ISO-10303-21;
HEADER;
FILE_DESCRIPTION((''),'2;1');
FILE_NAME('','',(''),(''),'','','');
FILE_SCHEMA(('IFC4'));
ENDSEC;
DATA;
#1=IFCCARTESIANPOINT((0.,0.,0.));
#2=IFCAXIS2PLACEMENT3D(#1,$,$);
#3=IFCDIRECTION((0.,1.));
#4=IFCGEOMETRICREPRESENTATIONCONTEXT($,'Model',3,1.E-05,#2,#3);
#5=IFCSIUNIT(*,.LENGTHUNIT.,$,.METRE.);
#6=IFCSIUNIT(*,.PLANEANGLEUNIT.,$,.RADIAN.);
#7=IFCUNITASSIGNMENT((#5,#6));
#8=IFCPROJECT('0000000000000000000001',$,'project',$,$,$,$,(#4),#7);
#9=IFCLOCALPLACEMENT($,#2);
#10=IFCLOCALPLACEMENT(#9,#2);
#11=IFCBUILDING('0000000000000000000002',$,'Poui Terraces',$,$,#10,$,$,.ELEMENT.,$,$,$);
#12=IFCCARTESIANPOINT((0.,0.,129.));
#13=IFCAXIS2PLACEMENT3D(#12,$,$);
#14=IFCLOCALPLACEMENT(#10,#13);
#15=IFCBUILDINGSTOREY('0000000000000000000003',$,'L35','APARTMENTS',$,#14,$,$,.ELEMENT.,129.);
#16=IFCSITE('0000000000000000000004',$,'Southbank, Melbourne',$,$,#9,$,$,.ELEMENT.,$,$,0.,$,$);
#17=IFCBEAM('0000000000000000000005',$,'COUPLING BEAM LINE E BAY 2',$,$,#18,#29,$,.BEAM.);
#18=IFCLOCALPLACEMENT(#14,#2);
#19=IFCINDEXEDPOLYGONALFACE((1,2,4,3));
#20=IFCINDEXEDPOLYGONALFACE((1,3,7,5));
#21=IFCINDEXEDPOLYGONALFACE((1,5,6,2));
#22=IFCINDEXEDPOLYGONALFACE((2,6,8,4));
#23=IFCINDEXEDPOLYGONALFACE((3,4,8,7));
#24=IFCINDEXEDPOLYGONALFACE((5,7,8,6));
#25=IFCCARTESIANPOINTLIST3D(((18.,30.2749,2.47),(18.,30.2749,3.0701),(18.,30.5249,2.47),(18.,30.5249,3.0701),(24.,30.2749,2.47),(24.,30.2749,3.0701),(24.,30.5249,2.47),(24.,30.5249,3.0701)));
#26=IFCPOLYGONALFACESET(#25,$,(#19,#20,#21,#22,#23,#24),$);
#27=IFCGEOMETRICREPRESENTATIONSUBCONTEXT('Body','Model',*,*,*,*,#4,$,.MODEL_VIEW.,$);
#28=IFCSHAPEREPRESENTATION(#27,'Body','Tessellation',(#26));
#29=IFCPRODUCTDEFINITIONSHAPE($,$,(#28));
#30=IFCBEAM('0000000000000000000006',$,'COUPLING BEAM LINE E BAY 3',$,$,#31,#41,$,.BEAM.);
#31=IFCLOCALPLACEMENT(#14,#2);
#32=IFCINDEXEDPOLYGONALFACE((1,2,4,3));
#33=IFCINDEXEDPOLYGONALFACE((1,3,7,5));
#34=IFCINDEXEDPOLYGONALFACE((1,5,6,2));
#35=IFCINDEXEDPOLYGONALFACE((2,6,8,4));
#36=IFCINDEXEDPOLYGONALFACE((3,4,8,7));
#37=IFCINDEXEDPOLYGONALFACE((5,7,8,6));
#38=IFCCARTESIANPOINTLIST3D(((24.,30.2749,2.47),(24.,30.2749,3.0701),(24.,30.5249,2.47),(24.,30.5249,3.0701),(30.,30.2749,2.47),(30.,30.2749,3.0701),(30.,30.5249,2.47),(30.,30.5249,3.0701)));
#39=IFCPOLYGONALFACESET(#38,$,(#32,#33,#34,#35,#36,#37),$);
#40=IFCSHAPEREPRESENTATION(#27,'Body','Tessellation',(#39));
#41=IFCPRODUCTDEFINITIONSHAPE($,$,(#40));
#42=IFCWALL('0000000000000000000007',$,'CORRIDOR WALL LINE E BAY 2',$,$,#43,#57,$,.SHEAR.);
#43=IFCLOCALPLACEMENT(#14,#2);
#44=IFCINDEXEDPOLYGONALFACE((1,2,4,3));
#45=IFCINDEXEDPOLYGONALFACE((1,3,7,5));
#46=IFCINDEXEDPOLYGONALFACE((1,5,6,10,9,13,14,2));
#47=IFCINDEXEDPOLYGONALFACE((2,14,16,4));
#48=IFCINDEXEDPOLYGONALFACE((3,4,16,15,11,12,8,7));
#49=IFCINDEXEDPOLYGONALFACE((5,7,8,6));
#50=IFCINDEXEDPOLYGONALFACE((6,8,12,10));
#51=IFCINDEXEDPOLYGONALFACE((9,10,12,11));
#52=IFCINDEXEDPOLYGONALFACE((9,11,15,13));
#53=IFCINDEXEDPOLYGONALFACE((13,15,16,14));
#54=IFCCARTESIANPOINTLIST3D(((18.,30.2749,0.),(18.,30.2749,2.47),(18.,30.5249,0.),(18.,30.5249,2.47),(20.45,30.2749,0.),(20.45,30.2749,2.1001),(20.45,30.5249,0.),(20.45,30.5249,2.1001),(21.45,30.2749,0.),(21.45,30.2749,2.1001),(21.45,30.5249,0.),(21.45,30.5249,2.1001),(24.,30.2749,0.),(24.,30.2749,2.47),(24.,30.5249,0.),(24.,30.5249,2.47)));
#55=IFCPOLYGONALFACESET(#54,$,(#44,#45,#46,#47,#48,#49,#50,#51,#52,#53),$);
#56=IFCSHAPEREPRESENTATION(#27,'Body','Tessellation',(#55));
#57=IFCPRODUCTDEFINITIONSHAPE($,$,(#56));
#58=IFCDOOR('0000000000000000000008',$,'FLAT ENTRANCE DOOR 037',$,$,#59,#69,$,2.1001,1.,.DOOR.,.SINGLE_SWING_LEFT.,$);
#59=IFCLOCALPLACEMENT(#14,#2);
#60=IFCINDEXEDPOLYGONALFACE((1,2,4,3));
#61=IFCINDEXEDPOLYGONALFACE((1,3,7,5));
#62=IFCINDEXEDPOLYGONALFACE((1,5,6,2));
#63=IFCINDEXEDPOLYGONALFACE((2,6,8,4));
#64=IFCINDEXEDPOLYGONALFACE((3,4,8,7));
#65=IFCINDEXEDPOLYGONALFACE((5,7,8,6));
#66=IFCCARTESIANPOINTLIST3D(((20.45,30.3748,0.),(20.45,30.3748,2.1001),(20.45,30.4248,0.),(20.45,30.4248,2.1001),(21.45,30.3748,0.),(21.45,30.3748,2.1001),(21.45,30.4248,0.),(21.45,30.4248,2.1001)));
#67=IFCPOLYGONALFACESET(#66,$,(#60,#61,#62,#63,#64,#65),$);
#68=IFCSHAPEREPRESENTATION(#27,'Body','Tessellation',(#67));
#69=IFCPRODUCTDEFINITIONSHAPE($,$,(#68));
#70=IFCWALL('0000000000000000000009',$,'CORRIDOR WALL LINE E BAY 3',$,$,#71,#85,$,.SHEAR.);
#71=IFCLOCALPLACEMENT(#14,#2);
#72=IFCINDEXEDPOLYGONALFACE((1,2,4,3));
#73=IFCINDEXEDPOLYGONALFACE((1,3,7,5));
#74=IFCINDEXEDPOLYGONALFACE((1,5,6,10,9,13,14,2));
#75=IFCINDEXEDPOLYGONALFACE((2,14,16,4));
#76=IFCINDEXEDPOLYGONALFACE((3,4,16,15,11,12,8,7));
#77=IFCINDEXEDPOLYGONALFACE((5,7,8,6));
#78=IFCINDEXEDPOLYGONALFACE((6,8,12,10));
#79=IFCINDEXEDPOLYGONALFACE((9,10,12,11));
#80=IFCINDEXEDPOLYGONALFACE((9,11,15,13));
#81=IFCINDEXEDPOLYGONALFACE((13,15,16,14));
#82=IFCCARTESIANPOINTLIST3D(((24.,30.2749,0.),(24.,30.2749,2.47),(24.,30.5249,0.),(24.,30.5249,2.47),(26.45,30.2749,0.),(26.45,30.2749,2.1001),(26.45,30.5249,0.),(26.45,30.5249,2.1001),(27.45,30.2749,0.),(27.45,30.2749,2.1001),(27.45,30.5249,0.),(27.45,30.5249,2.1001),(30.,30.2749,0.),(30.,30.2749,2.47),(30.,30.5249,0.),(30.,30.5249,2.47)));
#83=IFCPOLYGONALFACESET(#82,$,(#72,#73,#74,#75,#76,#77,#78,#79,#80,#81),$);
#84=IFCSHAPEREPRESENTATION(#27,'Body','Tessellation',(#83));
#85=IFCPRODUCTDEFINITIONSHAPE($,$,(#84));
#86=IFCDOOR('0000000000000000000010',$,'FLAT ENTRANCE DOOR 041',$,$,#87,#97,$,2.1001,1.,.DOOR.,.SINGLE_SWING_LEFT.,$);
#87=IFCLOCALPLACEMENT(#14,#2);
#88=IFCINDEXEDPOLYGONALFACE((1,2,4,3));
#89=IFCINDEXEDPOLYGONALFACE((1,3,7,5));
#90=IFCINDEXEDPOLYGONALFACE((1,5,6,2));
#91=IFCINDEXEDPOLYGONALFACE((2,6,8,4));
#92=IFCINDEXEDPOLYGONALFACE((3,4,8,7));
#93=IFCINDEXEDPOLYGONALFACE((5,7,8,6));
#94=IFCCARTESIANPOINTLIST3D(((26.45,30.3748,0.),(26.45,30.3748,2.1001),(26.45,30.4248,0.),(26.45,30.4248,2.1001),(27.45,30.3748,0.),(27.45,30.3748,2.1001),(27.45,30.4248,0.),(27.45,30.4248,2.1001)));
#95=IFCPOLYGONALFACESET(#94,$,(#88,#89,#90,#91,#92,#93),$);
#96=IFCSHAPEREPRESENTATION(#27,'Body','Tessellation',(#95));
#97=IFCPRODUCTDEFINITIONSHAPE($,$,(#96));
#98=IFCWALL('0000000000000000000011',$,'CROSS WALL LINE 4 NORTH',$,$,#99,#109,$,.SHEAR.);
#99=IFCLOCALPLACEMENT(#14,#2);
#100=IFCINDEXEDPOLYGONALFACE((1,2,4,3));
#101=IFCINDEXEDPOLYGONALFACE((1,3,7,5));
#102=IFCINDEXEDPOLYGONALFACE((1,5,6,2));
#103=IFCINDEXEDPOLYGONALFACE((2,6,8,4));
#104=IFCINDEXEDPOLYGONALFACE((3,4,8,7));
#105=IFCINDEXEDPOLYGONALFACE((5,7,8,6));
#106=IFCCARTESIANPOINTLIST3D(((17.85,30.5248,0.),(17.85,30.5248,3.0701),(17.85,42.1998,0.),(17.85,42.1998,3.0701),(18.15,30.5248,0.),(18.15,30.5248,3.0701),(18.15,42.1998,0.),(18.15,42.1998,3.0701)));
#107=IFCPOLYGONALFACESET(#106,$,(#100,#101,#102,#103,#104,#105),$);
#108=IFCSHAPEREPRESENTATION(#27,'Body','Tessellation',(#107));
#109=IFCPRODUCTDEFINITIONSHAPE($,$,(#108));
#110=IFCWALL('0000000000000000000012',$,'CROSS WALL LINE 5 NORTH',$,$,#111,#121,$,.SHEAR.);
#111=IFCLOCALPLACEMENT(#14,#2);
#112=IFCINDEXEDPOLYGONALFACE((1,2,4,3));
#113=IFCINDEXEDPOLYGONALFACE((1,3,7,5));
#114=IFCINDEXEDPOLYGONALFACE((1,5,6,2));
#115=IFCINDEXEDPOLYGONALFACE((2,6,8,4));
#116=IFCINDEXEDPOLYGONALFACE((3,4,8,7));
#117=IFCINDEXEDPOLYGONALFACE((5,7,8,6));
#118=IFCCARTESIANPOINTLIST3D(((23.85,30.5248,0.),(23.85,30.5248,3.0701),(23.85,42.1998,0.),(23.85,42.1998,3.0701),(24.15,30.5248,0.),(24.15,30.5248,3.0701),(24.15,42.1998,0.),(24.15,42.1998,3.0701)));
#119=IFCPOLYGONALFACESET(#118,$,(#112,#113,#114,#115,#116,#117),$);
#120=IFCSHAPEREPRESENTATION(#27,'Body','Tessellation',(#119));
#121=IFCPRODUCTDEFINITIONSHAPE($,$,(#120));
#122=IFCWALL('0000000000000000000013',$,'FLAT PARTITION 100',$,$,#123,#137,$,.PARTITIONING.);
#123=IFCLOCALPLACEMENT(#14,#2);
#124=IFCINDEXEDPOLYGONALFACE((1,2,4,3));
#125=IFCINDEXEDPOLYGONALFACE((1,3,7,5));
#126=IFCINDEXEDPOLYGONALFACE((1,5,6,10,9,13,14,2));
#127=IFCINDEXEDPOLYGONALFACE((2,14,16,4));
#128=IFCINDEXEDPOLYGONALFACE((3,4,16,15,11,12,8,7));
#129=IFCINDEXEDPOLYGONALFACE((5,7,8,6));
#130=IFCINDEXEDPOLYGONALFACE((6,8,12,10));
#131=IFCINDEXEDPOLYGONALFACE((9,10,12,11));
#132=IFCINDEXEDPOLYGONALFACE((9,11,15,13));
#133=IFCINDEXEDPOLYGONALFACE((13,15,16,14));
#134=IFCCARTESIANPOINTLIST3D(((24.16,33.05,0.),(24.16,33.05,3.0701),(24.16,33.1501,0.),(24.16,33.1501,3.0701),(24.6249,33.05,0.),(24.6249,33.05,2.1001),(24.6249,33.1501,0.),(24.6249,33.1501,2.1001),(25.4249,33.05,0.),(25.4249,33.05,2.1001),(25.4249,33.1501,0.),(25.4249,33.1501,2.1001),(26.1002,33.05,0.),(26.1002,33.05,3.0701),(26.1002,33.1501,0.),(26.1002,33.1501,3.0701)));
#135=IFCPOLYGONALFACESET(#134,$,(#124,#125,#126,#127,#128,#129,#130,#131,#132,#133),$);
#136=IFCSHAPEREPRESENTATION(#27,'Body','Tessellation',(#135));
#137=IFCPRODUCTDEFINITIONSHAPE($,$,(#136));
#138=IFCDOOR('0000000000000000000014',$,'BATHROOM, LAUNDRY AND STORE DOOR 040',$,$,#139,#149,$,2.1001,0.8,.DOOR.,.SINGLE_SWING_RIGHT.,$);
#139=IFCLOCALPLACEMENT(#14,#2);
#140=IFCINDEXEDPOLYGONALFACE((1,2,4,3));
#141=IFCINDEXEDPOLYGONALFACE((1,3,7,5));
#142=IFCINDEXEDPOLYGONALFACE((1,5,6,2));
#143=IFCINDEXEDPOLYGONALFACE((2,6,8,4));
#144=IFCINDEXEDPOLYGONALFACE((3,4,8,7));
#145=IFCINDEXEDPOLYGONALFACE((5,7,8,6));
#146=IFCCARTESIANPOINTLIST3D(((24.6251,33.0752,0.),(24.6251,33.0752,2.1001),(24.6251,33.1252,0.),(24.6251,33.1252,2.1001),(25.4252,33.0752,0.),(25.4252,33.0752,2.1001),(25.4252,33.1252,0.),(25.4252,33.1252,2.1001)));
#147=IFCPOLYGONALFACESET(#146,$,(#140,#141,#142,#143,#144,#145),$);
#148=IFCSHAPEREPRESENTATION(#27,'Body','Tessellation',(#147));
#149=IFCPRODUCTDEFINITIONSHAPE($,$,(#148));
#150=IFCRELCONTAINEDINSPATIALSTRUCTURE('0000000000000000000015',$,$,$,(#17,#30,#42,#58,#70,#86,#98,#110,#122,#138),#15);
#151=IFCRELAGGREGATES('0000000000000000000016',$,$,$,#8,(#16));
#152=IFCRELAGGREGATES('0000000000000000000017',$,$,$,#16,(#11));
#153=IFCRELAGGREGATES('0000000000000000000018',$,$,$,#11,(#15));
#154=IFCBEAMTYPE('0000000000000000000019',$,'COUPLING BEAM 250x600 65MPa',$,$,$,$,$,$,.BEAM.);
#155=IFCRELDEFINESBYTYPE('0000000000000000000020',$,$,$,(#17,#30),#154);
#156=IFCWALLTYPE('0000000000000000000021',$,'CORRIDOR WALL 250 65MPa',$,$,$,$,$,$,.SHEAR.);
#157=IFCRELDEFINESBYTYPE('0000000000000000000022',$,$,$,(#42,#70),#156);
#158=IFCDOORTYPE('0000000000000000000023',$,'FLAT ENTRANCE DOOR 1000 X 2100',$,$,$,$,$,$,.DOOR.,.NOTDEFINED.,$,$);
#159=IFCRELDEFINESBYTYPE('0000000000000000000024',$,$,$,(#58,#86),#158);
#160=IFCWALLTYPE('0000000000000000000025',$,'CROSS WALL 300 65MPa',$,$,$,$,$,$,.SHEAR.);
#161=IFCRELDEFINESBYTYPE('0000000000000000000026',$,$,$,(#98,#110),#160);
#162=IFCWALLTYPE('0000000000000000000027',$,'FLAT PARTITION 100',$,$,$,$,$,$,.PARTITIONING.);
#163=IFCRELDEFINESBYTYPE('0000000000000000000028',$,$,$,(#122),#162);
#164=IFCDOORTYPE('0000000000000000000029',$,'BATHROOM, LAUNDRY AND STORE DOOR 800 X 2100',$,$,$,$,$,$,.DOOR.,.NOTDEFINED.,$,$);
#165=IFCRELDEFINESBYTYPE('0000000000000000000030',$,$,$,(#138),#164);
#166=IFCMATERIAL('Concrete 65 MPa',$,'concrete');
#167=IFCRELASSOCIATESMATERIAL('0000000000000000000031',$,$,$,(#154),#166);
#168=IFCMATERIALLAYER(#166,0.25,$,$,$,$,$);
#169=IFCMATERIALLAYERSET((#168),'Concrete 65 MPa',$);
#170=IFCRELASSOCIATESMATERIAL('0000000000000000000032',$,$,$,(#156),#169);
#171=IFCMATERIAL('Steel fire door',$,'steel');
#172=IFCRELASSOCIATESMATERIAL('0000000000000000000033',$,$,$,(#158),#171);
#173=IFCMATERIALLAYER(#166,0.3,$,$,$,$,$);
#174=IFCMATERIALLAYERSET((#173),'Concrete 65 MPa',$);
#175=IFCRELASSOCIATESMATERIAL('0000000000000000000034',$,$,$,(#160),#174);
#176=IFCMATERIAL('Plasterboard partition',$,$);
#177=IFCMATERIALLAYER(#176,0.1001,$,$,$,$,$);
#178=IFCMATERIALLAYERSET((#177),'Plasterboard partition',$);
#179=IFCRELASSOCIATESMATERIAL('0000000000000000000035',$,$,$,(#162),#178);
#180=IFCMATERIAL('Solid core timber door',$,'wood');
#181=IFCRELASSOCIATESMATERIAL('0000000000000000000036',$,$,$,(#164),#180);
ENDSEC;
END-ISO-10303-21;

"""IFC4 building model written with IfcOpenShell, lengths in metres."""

from ifc_helpers import new_model, si_unit, direction, frame, frame_2d, origin, origin_2d, place, context, subcontext, project, spatial, rectangle, extrude, source, transform, mapped, material, layer, layer_set, material_profile, profile_set, type_object, element, fill, save


model = new_model("IFC4")

# Units and contexts
model_context = context("Model", 3, precision=1e-05, world=origin(), true_north=direction((0.0, 1.0)))
body_context = subcontext(model_context, "Body", "Model", "MODEL_VIEW")
ifc_project = project(units=[si_unit("LENGTHUNIT", "METRE"), si_unit("PLANEANGLEUNIT", "RADIAN")], contexts=[model_context])

# Site, building, storey
site_placement = place(None, origin())
site = spatial("IfcSite", under=ifc_project, at=site_placement, Name="Southbank, Melbourne", CompositionType="ELEMENT", RefElevation=0.0)
building_placement = place(site_placement, origin())
building = spatial("IfcBuilding", under=site, at=building_placement, Name="Poui Terraces", CompositionType="ELEMENT")
storey_placement = place(building_placement, frame((0.0, 0.0, 129.0)))
storey = spatial("IfcBuildingStorey", under=building, at=storey_placement, Name="L35", Description="APARTMENTS", CompositionType="ELEMENT", Elevation=129.0)

# Beams
ifc_material_1 = material(Name="Concrete 65 MPa", Category="concrete")
ifc_material_profile_1 = material_profile(ifc_material_1, rectangle(XDim=0.25, YDim=0.6001, at=origin_2d()), Name="RC 250x600")
ifc_profile_set_1 = profile_set([ifc_material_profile_1], Name="Concrete 65 MPa")
beam_type = type_object("IfcBeamType", Name="COUPLING BEAM 250x600 65MPa", PredefinedType="BEAM", material=ifc_profile_set_1)
shared_shape_1 = source(origin(), body_context, "Body", "SweptSolid", [
    extrude(rectangle(XDim=0.25, YDim=0.6001, at=origin_2d()), origin(), (0.0, 0.0, 1.0), 6.0),
])
for number, where, z_axis, x_axis, name in (
    (1, (18.0, 30.3999, 2.77), (1.0, 0.0, 0.0), (0.0, 1.0, 0.0), "COUPLING BEAM LINE E BAY 2"),
    (2, (24.0, 30.3999, 2.77), (1.0, 0.0, 0.0), (0.0, 1.0, 0.0), "COUPLING BEAM LINE E BAY 3"),
):
    element("IfcBeam", number, at=place(storey_placement, frame(where, z_axis=z_axis, x_axis=x_axis)), inside=storey, type_object=beam_type, Name=name, PredefinedType="BEAM", context=body_context, shape_type="MappedRepresentation", body=[
        mapped(shared_shape_1, transform((0.0, 0.0, 0.0))),
    ])

# Walls, openings, doors
ifc_layer_1 = layer(ifc_material_1, 0.25)
ifc_layer_set_1 = layer_set([ifc_layer_1], Name="Concrete 65 MPa")
wall_type_1 = type_object("IfcWallType", Name="CORRIDOR WALL 250 65MPa", PredefinedType="SHEAR", material=ifc_layer_set_1)
wall_1_placement = place(storey_placement, frame((18.0, 30.3999, 0.0), z_axis=(0.0, 0.0, 1.0), x_axis=(1.0, 0.0, 0.0)))
wall_1 = element("IfcWall", 3, at=wall_1_placement, inside=storey, type_object=wall_type_1, Name="CORRIDOR WALL LINE E BAY 2", PredefinedType="SHEAR", context=body_context, shape_type="SweptSolid", body=[
    extrude(rectangle(XDim=6.0, YDim=0.25, at=frame_2d((3.0, 0.0))), origin(), (0.0, 0.0, 1.0), 2.47),
])
opening_1_placement = place(wall_1_placement, frame((2.45, 0.0, 0.0)))
opening_1 = element("IfcOpeningElement", 4, at=opening_1_placement, cuts=wall_1, PredefinedType="OPENING", context=body_context, shape_type="SweptSolid", body=[
    extrude(rectangle(XDim=1.0, YDim=2.1001, at=frame_2d((0.5, 1.05))), frame((0.0, 0.135, 0.0), z_axis=(0.0, -1.0, 0.0), x_axis=(1.0, 0.0, 0.0)), (0.0, 0.0, 1.0), 0.27),
])
ifc_material_2 = material(Name="Steel fire door", Category="steel")
door_type_1 = type_object("IfcDoorType", Name="FLAT ENTRANCE DOOR 1000 X 2100", OperationType="NOTDEFINED", PredefinedType="DOOR", material=ifc_material_2)
door_1_placement = place(opening_1_placement, origin())
door_1 = element("IfcDoor", 5, at=door_1_placement, inside=storey, type_object=door_type_1, Name="FLAT ENTRANCE DOOR 037", OperationType="SINGLE_SWING_LEFT", OverallHeight=2.1001, OverallWidth=1.0, PredefinedType="DOOR", context=body_context, shape_type="SweptSolid", body=[
    extrude(rectangle(XDim=1.0, YDim=2.1001, at=frame_2d((0.5, 1.05))), frame((0.0, 0.0249, 0.0), z_axis=(0.0, -1.0, 0.0), x_axis=(1.0, 0.0, 0.0)), (0.0, 0.0, 1.0), 0.05),
])
fill(opening_1, door_1)
wall_2_placement = place(storey_placement, frame((24.0, 30.3999, 0.0), z_axis=(0.0, 0.0, 1.0), x_axis=(1.0, 0.0, 0.0)))
wall_2 = element("IfcWall", 6, at=wall_2_placement, inside=storey, type_object=wall_type_1, Name="CORRIDOR WALL LINE E BAY 3", PredefinedType="SHEAR", context=body_context, shape_type="SweptSolid", body=[
    extrude(rectangle(XDim=6.0, YDim=0.25, at=frame_2d((3.0, 0.0))), origin(), (0.0, 0.0, 1.0), 2.47),
])
opening_2_placement = place(wall_2_placement, frame((2.45, 0.0, 0.0)))
opening_2 = element("IfcOpeningElement", 7, at=opening_2_placement, cuts=wall_2, PredefinedType="OPENING", context=body_context, shape_type="SweptSolid", body=[
    extrude(rectangle(XDim=1.0, YDim=2.1001, at=frame_2d((0.5, 1.05))), frame((0.0, 0.135, 0.0), z_axis=(0.0, -1.0, 0.0), x_axis=(1.0, 0.0, 0.0)), (0.0, 0.0, 1.0), 0.27),
])
door_2_placement = place(opening_2_placement, origin())
door_2 = element("IfcDoor", 8, at=door_2_placement, inside=storey, type_object=door_type_1, Name="FLAT ENTRANCE DOOR 041", OperationType="SINGLE_SWING_LEFT", OverallHeight=2.1001, OverallWidth=1.0, PredefinedType="DOOR", context=body_context, shape_type="SweptSolid", body=[
    extrude(rectangle(XDim=1.0, YDim=2.1001, at=frame_2d((0.5, 1.05))), frame((0.0, 0.0249, 0.0), z_axis=(0.0, -1.0, 0.0), x_axis=(1.0, 0.0, 0.0)), (0.0, 0.0, 1.0), 0.05),
])
fill(opening_2, door_2)

# Walls
ifc_layer_2 = layer(ifc_material_1, 0.3)
ifc_layer_set_2 = layer_set([ifc_layer_2], Name="Concrete 65 MPa")
wall_type_2 = type_object("IfcWallType", Name="CROSS WALL 300 65MPa", PredefinedType="SHEAR", material=ifc_layer_set_2)
for number, where, z_axis, x_axis, name in (
    (9, (18.0, 30.5249, 0.0), (0.0, 0.0, 1.0), (0.0, 1.0, 0.0), "CROSS WALL LINE 4 NORTH"),
    (10, (24.0, 30.5249, 0.0), (0.0, 0.0, 1.0), (0.0, 1.0, 0.0), "CROSS WALL LINE 5 NORTH"),
):
    element("IfcWall", number, at=place(storey_placement, frame(where, z_axis=z_axis, x_axis=x_axis)), inside=storey, type_object=wall_type_2, Name=name, PredefinedType="SHEAR", context=body_context, shape_type="SweptSolid", body=[
        extrude(rectangle(XDim=11.675, YDim=0.3, at=frame_2d((5.8374, 0.0))), origin(), (0.0, 0.0, 1.0), 3.0701),
    ])

# Wall, opening, door
ifc_material_3 = material(Name="Plasterboard partition")
ifc_layer_3 = layer(ifc_material_3, 0.1001)
ifc_layer_set_3 = layer_set([ifc_layer_3], Name="Plasterboard partition")
wall_type_3 = type_object("IfcWallType", Name="FLAT PARTITION 100", PredefinedType="PARTITIONING", material=ifc_layer_set_3)
wall_3_placement = place(storey_placement, frame((24.1599, 33.1001, 0.0), z_axis=(0.0, 0.0, 1.0), x_axis=(1.0, 0.0, 0.0)))
wall_3 = element("IfcWall", 11, at=wall_3_placement, inside=storey, type_object=wall_type_3, Name="FLAT PARTITION 100", PredefinedType="PARTITIONING", context=body_context, shape_type="SweptSolid", body=[
    extrude(rectangle(XDim=1.9402, YDim=0.1001, at=frame_2d((0.9702, 0.0))), origin(), (0.0, 0.0, 1.0), 3.0701),
])
opening_3_placement = place(wall_3_placement, frame((0.4651, 0.0, 0.0)))
opening_3 = element("IfcOpeningElement", 12, at=opening_3_placement, cuts=wall_3, PredefinedType="OPENING", context=body_context, shape_type="SweptSolid", body=[
    extrude(rectangle(XDim=0.8, YDim=2.1001, at=frame_2d((0.3999, 1.05))), frame((0.0, 0.0601, 0.0), z_axis=(0.0, -1.0, 0.0), x_axis=(1.0, 0.0, 0.0)), (0.0, 0.0, 1.0), 0.1201),
])
ifc_material_4 = material(Name="Solid core timber door", Category="wood")
door_type_2 = type_object("IfcDoorType", Name="BATHROOM, LAUNDRY AND STORE DOOR 800 X 2100", OperationType="NOTDEFINED", PredefinedType="DOOR", material=ifc_material_4)
door_3_placement = place(opening_3_placement, frame((0.8, 0.0, 0.0), z_axis=(0.0, 0.0, 1.0), x_axis=(-1.0, 0.0, 0.0)))
door_3 = element("IfcDoor", 13, at=door_3_placement, inside=storey, type_object=door_type_2, Name="BATHROOM, LAUNDRY AND STORE DOOR 040", OperationType="SINGLE_SWING_RIGHT", OverallHeight=2.1001, OverallWidth=0.8, PredefinedType="DOOR", context=body_context, shape_type="SweptSolid", body=[
    extrude(rectangle(XDim=0.8, YDim=2.1001, at=frame_2d((0.3999, 1.05))), frame((0.0, 0.0249, 0.0), z_axis=(0.0, -1.0, 0.0), x_axis=(1.0, 0.0, 0.0)), (0.0, 0.0, 1.0), 0.05),
])
fill(opening_3, door_3)

save(model, "model.ifc")
